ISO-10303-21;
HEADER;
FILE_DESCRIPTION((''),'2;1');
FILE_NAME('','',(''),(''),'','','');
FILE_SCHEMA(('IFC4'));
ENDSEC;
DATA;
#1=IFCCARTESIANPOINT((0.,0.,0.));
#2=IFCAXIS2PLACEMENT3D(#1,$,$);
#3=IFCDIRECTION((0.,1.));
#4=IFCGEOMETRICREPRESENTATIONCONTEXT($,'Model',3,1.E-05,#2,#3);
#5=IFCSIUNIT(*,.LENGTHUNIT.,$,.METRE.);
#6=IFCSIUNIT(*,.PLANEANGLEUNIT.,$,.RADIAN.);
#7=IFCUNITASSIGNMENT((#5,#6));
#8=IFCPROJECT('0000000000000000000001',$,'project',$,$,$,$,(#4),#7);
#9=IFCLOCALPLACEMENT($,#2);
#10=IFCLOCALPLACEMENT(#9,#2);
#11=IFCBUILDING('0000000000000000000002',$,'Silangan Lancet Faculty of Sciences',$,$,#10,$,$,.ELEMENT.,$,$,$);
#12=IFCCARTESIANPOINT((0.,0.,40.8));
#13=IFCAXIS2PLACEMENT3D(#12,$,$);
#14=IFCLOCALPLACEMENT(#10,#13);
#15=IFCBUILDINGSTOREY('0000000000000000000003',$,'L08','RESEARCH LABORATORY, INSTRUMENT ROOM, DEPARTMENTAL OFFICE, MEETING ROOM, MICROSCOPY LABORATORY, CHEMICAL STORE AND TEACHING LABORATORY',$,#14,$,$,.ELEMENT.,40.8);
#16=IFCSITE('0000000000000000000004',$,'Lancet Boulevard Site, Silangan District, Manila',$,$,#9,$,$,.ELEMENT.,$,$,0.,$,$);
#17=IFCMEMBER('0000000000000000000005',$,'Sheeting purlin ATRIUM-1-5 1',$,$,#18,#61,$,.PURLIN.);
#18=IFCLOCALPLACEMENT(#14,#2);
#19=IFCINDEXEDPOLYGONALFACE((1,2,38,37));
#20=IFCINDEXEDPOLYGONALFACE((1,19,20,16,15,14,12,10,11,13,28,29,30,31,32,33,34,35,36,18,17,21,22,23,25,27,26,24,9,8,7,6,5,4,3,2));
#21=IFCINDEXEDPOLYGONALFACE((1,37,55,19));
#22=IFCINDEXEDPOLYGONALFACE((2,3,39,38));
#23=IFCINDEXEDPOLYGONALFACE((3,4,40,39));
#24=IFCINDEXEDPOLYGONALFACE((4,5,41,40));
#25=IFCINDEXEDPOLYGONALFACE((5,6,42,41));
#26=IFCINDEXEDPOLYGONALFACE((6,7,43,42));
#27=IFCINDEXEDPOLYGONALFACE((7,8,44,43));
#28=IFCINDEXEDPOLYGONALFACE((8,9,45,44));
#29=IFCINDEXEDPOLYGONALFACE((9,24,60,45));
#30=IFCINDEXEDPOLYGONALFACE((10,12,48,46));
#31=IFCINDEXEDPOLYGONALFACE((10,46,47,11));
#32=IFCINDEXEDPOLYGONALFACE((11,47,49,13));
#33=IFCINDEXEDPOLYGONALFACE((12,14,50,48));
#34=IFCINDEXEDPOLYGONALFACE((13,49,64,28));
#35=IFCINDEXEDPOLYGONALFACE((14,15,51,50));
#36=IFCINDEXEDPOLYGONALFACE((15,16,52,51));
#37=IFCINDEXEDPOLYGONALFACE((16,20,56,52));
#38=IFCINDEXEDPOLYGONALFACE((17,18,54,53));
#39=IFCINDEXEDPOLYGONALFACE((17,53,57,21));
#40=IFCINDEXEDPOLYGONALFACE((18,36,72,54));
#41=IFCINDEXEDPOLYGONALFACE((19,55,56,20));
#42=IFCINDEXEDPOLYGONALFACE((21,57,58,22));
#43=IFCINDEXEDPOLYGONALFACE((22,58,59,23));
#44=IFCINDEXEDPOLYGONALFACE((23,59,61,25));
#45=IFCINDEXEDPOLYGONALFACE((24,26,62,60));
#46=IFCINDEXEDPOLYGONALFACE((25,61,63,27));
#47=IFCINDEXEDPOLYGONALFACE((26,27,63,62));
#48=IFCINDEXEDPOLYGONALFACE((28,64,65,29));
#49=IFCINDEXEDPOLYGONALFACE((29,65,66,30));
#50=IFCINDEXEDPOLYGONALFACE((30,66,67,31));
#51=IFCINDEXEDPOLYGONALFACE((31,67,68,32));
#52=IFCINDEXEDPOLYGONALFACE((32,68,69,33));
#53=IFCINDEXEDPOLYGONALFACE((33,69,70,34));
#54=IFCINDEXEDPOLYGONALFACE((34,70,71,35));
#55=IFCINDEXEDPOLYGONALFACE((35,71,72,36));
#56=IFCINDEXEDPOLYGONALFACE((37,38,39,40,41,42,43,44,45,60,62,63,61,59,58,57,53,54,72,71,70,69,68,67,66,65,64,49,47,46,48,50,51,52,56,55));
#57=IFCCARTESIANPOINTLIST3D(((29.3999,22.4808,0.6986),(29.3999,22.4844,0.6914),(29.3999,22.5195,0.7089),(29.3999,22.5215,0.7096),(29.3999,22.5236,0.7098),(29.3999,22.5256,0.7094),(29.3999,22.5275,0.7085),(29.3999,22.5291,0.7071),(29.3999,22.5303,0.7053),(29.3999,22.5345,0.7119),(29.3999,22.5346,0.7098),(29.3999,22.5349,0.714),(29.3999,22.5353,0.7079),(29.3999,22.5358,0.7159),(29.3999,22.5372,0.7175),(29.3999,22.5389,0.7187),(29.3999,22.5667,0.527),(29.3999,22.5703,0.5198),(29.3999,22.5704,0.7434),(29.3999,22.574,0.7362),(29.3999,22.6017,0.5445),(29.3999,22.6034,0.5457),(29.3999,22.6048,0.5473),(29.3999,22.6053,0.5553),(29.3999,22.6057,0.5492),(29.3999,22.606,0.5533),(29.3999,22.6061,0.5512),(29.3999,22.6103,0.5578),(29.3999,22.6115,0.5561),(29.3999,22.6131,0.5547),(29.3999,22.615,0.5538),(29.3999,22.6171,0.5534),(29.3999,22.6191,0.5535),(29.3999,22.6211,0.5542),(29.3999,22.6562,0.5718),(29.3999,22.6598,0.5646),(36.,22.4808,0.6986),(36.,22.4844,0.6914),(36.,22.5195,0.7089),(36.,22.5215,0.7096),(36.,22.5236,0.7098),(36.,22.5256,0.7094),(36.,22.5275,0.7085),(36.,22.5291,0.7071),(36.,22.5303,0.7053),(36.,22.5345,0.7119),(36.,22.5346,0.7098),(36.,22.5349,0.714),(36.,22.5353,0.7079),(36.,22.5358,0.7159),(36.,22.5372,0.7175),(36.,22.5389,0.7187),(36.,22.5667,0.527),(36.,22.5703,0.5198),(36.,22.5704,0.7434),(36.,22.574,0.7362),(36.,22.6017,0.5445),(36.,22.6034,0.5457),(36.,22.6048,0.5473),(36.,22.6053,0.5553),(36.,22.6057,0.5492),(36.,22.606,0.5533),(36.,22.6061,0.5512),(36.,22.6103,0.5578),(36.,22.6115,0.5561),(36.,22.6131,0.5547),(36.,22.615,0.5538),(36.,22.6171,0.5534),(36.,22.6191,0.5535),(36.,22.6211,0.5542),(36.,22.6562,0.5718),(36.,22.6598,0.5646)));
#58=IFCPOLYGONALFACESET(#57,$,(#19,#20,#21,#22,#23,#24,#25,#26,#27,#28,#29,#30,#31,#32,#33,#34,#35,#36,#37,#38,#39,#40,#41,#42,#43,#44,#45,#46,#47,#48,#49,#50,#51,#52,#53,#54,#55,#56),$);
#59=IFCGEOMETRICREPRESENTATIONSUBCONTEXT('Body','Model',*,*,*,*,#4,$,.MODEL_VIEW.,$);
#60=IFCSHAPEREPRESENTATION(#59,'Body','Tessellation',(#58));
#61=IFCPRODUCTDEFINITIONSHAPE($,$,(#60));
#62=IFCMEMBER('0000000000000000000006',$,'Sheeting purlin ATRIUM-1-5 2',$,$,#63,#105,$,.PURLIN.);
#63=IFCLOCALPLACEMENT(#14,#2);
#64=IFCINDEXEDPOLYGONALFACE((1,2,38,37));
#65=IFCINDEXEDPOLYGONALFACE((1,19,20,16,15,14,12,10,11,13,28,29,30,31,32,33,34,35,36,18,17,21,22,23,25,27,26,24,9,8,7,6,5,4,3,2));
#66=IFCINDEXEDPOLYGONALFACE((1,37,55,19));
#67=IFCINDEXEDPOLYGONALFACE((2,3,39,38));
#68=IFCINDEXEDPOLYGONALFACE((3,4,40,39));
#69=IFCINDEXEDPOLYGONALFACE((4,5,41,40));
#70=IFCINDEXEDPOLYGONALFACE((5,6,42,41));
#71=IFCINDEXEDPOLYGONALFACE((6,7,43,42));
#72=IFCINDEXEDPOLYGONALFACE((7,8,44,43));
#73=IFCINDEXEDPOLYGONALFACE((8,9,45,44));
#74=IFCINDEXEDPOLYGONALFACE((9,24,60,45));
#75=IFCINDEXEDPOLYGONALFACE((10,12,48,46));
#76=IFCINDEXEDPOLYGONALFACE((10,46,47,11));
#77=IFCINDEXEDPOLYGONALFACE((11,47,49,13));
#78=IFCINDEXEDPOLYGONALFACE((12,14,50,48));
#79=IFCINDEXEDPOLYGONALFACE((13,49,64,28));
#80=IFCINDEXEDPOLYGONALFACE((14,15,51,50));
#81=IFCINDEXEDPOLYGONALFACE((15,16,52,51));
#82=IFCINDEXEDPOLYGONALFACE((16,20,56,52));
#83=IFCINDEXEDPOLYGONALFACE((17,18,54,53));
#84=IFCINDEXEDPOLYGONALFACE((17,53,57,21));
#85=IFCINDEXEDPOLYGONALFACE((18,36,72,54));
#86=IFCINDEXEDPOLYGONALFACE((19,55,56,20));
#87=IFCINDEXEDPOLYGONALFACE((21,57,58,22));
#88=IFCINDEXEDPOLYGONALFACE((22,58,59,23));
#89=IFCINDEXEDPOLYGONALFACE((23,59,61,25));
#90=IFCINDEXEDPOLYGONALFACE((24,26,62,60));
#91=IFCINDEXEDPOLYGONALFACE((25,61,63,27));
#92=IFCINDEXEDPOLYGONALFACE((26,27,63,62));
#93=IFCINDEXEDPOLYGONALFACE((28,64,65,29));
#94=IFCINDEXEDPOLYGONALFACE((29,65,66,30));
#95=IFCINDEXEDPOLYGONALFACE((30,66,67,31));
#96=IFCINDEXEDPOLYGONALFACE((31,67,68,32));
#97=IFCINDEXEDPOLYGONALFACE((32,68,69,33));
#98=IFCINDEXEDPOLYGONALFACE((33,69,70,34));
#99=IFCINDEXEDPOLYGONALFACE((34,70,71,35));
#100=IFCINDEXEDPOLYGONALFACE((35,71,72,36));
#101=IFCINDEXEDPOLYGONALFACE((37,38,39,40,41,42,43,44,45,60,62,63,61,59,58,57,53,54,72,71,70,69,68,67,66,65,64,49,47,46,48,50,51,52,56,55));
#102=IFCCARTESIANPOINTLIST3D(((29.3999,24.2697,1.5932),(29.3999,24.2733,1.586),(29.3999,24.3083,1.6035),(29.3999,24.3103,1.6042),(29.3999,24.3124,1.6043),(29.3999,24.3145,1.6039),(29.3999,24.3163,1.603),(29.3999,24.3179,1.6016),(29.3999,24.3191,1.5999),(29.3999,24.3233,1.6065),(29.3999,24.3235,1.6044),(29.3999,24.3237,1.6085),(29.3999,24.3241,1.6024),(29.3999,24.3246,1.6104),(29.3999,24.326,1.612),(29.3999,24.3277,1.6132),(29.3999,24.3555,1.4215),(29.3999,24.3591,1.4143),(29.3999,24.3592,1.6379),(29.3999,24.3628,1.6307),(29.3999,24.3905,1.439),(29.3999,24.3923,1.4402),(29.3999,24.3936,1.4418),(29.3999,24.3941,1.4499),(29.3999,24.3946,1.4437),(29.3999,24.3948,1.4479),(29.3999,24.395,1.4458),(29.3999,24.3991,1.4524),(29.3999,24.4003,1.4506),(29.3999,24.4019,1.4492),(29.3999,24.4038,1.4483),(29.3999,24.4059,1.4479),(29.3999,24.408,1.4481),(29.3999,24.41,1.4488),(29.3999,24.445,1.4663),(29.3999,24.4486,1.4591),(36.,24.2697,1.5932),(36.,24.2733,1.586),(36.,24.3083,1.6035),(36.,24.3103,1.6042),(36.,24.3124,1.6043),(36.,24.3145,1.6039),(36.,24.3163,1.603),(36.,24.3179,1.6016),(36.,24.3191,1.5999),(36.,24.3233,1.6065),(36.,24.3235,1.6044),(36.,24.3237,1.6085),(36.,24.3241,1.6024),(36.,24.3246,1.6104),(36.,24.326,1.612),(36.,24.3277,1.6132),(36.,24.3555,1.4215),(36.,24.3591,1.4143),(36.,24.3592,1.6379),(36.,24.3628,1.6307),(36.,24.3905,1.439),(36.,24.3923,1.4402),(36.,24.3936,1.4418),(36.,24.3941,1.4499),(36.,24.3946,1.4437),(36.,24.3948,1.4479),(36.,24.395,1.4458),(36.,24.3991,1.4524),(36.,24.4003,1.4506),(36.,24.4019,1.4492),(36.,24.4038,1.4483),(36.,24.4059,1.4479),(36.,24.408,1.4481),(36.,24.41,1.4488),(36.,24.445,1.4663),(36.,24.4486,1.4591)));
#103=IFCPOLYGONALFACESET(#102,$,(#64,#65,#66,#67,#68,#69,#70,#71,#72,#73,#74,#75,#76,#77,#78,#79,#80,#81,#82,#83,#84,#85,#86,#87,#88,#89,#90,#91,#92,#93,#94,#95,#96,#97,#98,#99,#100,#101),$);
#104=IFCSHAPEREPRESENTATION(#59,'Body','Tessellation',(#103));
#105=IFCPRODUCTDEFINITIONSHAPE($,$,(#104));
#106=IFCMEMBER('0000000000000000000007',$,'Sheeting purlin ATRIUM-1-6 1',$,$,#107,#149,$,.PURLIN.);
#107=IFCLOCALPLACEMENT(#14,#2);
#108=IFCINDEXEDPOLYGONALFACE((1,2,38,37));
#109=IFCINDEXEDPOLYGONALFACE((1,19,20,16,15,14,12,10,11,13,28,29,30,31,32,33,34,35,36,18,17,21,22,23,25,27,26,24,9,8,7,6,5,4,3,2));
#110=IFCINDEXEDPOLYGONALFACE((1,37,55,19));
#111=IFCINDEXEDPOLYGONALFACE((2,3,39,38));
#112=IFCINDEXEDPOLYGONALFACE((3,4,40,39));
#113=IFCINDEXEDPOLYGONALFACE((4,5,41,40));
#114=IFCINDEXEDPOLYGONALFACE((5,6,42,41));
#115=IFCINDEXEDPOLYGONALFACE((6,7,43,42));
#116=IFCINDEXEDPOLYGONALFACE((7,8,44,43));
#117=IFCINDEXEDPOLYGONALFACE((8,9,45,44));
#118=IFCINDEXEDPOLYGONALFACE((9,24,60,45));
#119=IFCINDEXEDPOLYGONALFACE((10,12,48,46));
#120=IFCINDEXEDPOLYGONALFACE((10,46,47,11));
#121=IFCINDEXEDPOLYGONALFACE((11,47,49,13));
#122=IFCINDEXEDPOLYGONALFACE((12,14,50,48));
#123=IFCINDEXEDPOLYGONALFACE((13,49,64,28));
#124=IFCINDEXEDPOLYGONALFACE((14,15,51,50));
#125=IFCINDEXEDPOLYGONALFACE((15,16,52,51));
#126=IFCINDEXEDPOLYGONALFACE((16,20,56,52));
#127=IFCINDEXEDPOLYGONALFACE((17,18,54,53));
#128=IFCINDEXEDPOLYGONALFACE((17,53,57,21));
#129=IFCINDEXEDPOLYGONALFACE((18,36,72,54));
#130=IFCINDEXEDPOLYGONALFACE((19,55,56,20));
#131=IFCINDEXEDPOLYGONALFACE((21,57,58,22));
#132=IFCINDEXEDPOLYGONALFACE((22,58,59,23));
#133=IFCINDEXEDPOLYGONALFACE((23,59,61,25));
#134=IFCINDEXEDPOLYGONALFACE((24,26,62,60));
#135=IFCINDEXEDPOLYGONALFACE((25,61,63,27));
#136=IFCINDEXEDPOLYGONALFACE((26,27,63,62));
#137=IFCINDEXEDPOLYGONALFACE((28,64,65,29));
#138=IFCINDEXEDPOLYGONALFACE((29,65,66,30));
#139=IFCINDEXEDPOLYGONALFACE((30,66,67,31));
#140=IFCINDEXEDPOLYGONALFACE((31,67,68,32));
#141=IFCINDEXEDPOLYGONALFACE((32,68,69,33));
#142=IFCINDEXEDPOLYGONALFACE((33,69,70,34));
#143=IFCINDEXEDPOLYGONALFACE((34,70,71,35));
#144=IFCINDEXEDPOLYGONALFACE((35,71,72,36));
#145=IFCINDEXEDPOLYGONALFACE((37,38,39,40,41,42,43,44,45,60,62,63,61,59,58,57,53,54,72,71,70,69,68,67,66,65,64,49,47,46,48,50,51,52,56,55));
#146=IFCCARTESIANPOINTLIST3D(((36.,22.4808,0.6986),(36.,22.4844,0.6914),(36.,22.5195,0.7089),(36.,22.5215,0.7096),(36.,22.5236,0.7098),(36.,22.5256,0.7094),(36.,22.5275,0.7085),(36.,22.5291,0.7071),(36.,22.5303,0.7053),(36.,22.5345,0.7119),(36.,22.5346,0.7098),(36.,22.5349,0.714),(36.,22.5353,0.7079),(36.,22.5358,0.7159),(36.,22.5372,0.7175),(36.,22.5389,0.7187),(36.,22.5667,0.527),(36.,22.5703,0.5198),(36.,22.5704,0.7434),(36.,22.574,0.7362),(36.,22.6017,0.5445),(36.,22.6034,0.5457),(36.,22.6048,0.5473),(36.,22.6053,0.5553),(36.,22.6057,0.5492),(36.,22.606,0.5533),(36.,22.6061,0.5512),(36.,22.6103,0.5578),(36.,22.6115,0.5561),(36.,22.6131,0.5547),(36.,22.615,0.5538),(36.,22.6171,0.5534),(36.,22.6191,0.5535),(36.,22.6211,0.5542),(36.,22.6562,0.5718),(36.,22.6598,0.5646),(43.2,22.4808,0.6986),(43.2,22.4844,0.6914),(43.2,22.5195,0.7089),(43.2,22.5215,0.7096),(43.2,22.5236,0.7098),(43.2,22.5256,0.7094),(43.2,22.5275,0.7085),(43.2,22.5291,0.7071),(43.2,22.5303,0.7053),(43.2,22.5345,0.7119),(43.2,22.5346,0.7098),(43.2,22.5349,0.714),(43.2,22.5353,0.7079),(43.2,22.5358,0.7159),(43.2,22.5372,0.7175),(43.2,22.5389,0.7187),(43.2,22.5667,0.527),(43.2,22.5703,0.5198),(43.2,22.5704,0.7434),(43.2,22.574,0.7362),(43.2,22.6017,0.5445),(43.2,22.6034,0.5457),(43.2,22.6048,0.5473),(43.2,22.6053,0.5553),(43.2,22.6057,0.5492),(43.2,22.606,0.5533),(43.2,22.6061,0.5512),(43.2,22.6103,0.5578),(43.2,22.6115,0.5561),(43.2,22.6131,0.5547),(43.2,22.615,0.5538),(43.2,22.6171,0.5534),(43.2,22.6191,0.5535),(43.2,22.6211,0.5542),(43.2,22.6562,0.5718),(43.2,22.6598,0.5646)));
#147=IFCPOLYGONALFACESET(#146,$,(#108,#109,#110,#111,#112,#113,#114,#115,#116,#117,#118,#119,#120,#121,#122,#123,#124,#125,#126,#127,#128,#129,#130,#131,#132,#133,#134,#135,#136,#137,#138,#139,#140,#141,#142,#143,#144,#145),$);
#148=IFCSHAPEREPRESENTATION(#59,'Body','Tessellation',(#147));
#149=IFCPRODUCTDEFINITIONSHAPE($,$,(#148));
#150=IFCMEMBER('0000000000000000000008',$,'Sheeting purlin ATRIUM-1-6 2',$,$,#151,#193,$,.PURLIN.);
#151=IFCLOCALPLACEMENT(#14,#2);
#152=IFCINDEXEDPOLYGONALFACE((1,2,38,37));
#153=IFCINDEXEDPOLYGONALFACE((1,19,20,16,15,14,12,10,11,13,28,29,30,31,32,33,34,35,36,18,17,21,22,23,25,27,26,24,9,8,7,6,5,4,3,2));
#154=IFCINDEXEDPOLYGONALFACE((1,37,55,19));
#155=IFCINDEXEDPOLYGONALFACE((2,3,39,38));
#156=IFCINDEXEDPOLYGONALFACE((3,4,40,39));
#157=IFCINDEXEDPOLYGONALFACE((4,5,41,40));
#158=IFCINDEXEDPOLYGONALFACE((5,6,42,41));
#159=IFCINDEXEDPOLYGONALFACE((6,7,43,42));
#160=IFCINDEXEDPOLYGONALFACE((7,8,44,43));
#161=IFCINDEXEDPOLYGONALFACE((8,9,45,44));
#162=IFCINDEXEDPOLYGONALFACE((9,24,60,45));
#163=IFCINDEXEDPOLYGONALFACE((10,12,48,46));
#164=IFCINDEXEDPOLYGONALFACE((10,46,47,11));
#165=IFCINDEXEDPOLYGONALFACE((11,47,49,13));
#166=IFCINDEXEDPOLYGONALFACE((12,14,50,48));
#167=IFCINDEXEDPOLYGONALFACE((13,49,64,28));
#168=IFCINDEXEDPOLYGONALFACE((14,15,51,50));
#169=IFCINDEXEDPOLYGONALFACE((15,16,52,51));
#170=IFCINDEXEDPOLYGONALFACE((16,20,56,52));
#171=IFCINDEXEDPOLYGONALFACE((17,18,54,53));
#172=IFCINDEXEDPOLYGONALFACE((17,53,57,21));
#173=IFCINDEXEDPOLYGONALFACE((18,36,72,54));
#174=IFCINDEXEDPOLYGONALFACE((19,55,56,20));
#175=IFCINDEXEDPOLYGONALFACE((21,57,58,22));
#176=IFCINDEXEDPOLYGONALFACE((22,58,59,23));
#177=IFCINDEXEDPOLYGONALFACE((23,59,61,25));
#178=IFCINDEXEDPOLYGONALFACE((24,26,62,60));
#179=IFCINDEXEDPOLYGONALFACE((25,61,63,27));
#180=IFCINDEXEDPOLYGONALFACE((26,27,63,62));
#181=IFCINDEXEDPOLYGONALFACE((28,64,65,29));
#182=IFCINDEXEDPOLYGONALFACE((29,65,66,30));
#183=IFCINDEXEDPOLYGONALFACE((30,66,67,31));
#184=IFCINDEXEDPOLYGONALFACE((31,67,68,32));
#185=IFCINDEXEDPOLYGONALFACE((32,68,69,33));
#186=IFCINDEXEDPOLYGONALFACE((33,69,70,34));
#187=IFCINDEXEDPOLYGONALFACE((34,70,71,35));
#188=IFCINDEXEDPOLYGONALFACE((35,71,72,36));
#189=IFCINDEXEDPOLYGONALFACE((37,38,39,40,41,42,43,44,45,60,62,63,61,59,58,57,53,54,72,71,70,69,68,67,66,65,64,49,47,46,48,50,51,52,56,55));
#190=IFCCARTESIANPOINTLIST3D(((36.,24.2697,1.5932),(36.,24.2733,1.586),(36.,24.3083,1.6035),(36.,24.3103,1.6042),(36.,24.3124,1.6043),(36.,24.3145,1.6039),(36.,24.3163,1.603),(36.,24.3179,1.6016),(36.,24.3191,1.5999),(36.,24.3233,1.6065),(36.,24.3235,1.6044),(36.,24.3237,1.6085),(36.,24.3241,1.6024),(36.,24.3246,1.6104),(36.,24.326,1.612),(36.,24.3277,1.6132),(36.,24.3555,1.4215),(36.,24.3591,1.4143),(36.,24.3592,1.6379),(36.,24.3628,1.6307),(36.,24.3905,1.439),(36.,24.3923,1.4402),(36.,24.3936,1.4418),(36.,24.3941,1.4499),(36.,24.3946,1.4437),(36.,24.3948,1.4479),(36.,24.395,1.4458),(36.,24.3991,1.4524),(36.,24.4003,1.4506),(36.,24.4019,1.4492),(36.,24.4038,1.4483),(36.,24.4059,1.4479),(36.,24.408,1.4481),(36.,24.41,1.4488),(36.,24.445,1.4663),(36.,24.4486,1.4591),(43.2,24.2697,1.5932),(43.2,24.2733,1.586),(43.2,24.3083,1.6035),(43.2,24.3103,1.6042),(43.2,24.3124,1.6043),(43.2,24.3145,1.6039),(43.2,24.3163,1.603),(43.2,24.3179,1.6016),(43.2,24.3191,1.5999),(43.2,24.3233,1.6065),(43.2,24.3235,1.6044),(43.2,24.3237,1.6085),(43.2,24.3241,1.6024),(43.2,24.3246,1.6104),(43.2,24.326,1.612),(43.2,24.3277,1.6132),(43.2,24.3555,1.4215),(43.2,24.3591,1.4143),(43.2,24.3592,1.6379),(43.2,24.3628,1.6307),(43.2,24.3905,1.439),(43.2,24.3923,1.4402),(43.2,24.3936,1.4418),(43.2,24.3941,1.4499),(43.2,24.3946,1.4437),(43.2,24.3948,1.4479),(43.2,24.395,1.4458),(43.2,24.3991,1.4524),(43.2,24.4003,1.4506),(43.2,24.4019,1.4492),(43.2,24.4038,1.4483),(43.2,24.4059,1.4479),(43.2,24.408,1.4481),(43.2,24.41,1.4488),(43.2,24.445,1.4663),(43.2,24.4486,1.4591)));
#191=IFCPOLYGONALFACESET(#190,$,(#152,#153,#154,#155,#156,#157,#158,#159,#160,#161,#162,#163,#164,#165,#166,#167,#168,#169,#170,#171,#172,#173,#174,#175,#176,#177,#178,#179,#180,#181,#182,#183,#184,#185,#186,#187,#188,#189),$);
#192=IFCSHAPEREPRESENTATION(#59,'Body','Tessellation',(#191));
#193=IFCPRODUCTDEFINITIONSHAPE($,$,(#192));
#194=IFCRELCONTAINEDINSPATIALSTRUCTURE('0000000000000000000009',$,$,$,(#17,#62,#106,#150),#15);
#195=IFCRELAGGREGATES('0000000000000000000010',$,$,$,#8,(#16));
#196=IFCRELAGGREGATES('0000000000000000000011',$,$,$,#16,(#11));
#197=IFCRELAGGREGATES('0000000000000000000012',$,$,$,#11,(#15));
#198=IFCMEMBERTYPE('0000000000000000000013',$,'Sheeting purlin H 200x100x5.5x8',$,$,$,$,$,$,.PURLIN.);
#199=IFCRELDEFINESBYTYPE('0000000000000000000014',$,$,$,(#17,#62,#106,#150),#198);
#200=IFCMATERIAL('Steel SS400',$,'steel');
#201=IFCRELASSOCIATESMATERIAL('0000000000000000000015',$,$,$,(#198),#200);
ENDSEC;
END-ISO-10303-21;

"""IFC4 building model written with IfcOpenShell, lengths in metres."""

from ifc_helpers import new_model, si_unit, direction, frame, origin, origin_2d, place, context, subcontext, project, spatial, i_section, extrude, material, material_profile, profile_set, type_object, element, save


model = new_model("IFC4")

# Units and contexts
model_context = context("Model", 3, precision=1e-05, world=origin(), true_north=direction((0.0, 1.0)))
body_context = subcontext(model_context, "Body", "Model", "MODEL_VIEW")
ifc_project = project(units=[si_unit("LENGTHUNIT", "METRE"), si_unit("PLANEANGLEUNIT", "RADIAN")], contexts=[model_context])

# Site, building, storey
site_placement = place(None, origin())
site = spatial("IfcSite", under=ifc_project, at=site_placement, Name="Lancet Boulevard Site, Silangan District, Manila", CompositionType="ELEMENT", RefElevation=0.0)
building_placement = place(site_placement, origin())
building = spatial("IfcBuilding", under=site, at=building_placement, Name="Silangan Lancet Faculty of Sciences", CompositionType="ELEMENT")
storey_placement = place(building_placement, frame((0.0, 0.0, 40.8)))
storey = spatial("IfcBuildingStorey", under=building, at=storey_placement, Name="L08", Description="RESEARCH LABORATORY, INSTRUMENT ROOM, DEPARTMENTAL OFFICE, MEETING ROOM, MICROSCOPY LABORATORY, CHEMICAL STORE AND TEACHING LABORATORY", CompositionType="ELEMENT", Elevation=40.8)

# Members
ifc_material_1 = material(Name="Steel SS400", Category="steel")
ifc_material_profile_1 = material_profile(ifc_material_1, i_section(OverallWidth=0.1001, OverallDepth=0.2, WebThickness=0.0056, FlangeThickness=0.0081, FilletRadius=0.0081, at=origin_2d()), Name="H 200x100x5.5x8")
ifc_profile_set_1 = profile_set([ifc_material_profile_1], Name="Steel SS400")
member_type_1 = type_object("IfcMemberType", Name="Sheeting purlin H 200x100x5.5x8", PredefinedType="PURLIN", material=ifc_profile_set_1)
for number, where, z_axis, x_axis, name in (
    (1, (29.3999, 22.5703, 0.6316), (1.0, 0.0, 0.0), (0.0, 0.894427, 0.447214), "Sheeting purlin ATRIUM-1-5 1"),
    (2, (29.3999, 24.3591, 1.5261), (1.0, 0.0, 0.0), (0.0, 0.894427, 0.447214), "Sheeting purlin ATRIUM-1-5 2"),
):
    element("IfcMember", number, at=place(storey_placement, frame(where, z_axis=z_axis, x_axis=x_axis)), inside=storey, type_object=member_type_1, Name=name, PredefinedType="PURLIN", context=body_context, shape_type="SweptSolid", body=[
        extrude(i_section(OverallWidth=0.1001, OverallDepth=0.2, WebThickness=0.0056, FlangeThickness=0.0081, FilletRadius=0.0081, at=origin_2d()), origin(), (0.0, 0.0, 1.0), 6.6001),
    ])
for number, where, z_axis, x_axis, name in (
    (3, (36.0, 22.5703, 0.6316), (1.0, 0.0, 0.0), (0.0, 0.894427, 0.447214), "Sheeting purlin ATRIUM-1-6 1"),
    (4, (36.0, 24.3591, 1.5261), (1.0, 0.0, 0.0), (0.0, 0.894427, 0.447214), "Sheeting purlin ATRIUM-1-6 2"),
):
    element("IfcMember", number, at=place(storey_placement, frame(where, z_axis=z_axis, x_axis=x_axis)), inside=storey, type_object=member_type_1, Name=name, PredefinedType="PURLIN", context=body_context, shape_type="SweptSolid", body=[
        extrude(i_section(OverallWidth=0.1001, OverallDepth=0.2, WebThickness=0.0056, FlangeThickness=0.0081, FilletRadius=0.0081, at=origin_2d()), origin(), (0.0, 0.0, 1.0), 7.2),
    ])

save(model, "model.ifc")
